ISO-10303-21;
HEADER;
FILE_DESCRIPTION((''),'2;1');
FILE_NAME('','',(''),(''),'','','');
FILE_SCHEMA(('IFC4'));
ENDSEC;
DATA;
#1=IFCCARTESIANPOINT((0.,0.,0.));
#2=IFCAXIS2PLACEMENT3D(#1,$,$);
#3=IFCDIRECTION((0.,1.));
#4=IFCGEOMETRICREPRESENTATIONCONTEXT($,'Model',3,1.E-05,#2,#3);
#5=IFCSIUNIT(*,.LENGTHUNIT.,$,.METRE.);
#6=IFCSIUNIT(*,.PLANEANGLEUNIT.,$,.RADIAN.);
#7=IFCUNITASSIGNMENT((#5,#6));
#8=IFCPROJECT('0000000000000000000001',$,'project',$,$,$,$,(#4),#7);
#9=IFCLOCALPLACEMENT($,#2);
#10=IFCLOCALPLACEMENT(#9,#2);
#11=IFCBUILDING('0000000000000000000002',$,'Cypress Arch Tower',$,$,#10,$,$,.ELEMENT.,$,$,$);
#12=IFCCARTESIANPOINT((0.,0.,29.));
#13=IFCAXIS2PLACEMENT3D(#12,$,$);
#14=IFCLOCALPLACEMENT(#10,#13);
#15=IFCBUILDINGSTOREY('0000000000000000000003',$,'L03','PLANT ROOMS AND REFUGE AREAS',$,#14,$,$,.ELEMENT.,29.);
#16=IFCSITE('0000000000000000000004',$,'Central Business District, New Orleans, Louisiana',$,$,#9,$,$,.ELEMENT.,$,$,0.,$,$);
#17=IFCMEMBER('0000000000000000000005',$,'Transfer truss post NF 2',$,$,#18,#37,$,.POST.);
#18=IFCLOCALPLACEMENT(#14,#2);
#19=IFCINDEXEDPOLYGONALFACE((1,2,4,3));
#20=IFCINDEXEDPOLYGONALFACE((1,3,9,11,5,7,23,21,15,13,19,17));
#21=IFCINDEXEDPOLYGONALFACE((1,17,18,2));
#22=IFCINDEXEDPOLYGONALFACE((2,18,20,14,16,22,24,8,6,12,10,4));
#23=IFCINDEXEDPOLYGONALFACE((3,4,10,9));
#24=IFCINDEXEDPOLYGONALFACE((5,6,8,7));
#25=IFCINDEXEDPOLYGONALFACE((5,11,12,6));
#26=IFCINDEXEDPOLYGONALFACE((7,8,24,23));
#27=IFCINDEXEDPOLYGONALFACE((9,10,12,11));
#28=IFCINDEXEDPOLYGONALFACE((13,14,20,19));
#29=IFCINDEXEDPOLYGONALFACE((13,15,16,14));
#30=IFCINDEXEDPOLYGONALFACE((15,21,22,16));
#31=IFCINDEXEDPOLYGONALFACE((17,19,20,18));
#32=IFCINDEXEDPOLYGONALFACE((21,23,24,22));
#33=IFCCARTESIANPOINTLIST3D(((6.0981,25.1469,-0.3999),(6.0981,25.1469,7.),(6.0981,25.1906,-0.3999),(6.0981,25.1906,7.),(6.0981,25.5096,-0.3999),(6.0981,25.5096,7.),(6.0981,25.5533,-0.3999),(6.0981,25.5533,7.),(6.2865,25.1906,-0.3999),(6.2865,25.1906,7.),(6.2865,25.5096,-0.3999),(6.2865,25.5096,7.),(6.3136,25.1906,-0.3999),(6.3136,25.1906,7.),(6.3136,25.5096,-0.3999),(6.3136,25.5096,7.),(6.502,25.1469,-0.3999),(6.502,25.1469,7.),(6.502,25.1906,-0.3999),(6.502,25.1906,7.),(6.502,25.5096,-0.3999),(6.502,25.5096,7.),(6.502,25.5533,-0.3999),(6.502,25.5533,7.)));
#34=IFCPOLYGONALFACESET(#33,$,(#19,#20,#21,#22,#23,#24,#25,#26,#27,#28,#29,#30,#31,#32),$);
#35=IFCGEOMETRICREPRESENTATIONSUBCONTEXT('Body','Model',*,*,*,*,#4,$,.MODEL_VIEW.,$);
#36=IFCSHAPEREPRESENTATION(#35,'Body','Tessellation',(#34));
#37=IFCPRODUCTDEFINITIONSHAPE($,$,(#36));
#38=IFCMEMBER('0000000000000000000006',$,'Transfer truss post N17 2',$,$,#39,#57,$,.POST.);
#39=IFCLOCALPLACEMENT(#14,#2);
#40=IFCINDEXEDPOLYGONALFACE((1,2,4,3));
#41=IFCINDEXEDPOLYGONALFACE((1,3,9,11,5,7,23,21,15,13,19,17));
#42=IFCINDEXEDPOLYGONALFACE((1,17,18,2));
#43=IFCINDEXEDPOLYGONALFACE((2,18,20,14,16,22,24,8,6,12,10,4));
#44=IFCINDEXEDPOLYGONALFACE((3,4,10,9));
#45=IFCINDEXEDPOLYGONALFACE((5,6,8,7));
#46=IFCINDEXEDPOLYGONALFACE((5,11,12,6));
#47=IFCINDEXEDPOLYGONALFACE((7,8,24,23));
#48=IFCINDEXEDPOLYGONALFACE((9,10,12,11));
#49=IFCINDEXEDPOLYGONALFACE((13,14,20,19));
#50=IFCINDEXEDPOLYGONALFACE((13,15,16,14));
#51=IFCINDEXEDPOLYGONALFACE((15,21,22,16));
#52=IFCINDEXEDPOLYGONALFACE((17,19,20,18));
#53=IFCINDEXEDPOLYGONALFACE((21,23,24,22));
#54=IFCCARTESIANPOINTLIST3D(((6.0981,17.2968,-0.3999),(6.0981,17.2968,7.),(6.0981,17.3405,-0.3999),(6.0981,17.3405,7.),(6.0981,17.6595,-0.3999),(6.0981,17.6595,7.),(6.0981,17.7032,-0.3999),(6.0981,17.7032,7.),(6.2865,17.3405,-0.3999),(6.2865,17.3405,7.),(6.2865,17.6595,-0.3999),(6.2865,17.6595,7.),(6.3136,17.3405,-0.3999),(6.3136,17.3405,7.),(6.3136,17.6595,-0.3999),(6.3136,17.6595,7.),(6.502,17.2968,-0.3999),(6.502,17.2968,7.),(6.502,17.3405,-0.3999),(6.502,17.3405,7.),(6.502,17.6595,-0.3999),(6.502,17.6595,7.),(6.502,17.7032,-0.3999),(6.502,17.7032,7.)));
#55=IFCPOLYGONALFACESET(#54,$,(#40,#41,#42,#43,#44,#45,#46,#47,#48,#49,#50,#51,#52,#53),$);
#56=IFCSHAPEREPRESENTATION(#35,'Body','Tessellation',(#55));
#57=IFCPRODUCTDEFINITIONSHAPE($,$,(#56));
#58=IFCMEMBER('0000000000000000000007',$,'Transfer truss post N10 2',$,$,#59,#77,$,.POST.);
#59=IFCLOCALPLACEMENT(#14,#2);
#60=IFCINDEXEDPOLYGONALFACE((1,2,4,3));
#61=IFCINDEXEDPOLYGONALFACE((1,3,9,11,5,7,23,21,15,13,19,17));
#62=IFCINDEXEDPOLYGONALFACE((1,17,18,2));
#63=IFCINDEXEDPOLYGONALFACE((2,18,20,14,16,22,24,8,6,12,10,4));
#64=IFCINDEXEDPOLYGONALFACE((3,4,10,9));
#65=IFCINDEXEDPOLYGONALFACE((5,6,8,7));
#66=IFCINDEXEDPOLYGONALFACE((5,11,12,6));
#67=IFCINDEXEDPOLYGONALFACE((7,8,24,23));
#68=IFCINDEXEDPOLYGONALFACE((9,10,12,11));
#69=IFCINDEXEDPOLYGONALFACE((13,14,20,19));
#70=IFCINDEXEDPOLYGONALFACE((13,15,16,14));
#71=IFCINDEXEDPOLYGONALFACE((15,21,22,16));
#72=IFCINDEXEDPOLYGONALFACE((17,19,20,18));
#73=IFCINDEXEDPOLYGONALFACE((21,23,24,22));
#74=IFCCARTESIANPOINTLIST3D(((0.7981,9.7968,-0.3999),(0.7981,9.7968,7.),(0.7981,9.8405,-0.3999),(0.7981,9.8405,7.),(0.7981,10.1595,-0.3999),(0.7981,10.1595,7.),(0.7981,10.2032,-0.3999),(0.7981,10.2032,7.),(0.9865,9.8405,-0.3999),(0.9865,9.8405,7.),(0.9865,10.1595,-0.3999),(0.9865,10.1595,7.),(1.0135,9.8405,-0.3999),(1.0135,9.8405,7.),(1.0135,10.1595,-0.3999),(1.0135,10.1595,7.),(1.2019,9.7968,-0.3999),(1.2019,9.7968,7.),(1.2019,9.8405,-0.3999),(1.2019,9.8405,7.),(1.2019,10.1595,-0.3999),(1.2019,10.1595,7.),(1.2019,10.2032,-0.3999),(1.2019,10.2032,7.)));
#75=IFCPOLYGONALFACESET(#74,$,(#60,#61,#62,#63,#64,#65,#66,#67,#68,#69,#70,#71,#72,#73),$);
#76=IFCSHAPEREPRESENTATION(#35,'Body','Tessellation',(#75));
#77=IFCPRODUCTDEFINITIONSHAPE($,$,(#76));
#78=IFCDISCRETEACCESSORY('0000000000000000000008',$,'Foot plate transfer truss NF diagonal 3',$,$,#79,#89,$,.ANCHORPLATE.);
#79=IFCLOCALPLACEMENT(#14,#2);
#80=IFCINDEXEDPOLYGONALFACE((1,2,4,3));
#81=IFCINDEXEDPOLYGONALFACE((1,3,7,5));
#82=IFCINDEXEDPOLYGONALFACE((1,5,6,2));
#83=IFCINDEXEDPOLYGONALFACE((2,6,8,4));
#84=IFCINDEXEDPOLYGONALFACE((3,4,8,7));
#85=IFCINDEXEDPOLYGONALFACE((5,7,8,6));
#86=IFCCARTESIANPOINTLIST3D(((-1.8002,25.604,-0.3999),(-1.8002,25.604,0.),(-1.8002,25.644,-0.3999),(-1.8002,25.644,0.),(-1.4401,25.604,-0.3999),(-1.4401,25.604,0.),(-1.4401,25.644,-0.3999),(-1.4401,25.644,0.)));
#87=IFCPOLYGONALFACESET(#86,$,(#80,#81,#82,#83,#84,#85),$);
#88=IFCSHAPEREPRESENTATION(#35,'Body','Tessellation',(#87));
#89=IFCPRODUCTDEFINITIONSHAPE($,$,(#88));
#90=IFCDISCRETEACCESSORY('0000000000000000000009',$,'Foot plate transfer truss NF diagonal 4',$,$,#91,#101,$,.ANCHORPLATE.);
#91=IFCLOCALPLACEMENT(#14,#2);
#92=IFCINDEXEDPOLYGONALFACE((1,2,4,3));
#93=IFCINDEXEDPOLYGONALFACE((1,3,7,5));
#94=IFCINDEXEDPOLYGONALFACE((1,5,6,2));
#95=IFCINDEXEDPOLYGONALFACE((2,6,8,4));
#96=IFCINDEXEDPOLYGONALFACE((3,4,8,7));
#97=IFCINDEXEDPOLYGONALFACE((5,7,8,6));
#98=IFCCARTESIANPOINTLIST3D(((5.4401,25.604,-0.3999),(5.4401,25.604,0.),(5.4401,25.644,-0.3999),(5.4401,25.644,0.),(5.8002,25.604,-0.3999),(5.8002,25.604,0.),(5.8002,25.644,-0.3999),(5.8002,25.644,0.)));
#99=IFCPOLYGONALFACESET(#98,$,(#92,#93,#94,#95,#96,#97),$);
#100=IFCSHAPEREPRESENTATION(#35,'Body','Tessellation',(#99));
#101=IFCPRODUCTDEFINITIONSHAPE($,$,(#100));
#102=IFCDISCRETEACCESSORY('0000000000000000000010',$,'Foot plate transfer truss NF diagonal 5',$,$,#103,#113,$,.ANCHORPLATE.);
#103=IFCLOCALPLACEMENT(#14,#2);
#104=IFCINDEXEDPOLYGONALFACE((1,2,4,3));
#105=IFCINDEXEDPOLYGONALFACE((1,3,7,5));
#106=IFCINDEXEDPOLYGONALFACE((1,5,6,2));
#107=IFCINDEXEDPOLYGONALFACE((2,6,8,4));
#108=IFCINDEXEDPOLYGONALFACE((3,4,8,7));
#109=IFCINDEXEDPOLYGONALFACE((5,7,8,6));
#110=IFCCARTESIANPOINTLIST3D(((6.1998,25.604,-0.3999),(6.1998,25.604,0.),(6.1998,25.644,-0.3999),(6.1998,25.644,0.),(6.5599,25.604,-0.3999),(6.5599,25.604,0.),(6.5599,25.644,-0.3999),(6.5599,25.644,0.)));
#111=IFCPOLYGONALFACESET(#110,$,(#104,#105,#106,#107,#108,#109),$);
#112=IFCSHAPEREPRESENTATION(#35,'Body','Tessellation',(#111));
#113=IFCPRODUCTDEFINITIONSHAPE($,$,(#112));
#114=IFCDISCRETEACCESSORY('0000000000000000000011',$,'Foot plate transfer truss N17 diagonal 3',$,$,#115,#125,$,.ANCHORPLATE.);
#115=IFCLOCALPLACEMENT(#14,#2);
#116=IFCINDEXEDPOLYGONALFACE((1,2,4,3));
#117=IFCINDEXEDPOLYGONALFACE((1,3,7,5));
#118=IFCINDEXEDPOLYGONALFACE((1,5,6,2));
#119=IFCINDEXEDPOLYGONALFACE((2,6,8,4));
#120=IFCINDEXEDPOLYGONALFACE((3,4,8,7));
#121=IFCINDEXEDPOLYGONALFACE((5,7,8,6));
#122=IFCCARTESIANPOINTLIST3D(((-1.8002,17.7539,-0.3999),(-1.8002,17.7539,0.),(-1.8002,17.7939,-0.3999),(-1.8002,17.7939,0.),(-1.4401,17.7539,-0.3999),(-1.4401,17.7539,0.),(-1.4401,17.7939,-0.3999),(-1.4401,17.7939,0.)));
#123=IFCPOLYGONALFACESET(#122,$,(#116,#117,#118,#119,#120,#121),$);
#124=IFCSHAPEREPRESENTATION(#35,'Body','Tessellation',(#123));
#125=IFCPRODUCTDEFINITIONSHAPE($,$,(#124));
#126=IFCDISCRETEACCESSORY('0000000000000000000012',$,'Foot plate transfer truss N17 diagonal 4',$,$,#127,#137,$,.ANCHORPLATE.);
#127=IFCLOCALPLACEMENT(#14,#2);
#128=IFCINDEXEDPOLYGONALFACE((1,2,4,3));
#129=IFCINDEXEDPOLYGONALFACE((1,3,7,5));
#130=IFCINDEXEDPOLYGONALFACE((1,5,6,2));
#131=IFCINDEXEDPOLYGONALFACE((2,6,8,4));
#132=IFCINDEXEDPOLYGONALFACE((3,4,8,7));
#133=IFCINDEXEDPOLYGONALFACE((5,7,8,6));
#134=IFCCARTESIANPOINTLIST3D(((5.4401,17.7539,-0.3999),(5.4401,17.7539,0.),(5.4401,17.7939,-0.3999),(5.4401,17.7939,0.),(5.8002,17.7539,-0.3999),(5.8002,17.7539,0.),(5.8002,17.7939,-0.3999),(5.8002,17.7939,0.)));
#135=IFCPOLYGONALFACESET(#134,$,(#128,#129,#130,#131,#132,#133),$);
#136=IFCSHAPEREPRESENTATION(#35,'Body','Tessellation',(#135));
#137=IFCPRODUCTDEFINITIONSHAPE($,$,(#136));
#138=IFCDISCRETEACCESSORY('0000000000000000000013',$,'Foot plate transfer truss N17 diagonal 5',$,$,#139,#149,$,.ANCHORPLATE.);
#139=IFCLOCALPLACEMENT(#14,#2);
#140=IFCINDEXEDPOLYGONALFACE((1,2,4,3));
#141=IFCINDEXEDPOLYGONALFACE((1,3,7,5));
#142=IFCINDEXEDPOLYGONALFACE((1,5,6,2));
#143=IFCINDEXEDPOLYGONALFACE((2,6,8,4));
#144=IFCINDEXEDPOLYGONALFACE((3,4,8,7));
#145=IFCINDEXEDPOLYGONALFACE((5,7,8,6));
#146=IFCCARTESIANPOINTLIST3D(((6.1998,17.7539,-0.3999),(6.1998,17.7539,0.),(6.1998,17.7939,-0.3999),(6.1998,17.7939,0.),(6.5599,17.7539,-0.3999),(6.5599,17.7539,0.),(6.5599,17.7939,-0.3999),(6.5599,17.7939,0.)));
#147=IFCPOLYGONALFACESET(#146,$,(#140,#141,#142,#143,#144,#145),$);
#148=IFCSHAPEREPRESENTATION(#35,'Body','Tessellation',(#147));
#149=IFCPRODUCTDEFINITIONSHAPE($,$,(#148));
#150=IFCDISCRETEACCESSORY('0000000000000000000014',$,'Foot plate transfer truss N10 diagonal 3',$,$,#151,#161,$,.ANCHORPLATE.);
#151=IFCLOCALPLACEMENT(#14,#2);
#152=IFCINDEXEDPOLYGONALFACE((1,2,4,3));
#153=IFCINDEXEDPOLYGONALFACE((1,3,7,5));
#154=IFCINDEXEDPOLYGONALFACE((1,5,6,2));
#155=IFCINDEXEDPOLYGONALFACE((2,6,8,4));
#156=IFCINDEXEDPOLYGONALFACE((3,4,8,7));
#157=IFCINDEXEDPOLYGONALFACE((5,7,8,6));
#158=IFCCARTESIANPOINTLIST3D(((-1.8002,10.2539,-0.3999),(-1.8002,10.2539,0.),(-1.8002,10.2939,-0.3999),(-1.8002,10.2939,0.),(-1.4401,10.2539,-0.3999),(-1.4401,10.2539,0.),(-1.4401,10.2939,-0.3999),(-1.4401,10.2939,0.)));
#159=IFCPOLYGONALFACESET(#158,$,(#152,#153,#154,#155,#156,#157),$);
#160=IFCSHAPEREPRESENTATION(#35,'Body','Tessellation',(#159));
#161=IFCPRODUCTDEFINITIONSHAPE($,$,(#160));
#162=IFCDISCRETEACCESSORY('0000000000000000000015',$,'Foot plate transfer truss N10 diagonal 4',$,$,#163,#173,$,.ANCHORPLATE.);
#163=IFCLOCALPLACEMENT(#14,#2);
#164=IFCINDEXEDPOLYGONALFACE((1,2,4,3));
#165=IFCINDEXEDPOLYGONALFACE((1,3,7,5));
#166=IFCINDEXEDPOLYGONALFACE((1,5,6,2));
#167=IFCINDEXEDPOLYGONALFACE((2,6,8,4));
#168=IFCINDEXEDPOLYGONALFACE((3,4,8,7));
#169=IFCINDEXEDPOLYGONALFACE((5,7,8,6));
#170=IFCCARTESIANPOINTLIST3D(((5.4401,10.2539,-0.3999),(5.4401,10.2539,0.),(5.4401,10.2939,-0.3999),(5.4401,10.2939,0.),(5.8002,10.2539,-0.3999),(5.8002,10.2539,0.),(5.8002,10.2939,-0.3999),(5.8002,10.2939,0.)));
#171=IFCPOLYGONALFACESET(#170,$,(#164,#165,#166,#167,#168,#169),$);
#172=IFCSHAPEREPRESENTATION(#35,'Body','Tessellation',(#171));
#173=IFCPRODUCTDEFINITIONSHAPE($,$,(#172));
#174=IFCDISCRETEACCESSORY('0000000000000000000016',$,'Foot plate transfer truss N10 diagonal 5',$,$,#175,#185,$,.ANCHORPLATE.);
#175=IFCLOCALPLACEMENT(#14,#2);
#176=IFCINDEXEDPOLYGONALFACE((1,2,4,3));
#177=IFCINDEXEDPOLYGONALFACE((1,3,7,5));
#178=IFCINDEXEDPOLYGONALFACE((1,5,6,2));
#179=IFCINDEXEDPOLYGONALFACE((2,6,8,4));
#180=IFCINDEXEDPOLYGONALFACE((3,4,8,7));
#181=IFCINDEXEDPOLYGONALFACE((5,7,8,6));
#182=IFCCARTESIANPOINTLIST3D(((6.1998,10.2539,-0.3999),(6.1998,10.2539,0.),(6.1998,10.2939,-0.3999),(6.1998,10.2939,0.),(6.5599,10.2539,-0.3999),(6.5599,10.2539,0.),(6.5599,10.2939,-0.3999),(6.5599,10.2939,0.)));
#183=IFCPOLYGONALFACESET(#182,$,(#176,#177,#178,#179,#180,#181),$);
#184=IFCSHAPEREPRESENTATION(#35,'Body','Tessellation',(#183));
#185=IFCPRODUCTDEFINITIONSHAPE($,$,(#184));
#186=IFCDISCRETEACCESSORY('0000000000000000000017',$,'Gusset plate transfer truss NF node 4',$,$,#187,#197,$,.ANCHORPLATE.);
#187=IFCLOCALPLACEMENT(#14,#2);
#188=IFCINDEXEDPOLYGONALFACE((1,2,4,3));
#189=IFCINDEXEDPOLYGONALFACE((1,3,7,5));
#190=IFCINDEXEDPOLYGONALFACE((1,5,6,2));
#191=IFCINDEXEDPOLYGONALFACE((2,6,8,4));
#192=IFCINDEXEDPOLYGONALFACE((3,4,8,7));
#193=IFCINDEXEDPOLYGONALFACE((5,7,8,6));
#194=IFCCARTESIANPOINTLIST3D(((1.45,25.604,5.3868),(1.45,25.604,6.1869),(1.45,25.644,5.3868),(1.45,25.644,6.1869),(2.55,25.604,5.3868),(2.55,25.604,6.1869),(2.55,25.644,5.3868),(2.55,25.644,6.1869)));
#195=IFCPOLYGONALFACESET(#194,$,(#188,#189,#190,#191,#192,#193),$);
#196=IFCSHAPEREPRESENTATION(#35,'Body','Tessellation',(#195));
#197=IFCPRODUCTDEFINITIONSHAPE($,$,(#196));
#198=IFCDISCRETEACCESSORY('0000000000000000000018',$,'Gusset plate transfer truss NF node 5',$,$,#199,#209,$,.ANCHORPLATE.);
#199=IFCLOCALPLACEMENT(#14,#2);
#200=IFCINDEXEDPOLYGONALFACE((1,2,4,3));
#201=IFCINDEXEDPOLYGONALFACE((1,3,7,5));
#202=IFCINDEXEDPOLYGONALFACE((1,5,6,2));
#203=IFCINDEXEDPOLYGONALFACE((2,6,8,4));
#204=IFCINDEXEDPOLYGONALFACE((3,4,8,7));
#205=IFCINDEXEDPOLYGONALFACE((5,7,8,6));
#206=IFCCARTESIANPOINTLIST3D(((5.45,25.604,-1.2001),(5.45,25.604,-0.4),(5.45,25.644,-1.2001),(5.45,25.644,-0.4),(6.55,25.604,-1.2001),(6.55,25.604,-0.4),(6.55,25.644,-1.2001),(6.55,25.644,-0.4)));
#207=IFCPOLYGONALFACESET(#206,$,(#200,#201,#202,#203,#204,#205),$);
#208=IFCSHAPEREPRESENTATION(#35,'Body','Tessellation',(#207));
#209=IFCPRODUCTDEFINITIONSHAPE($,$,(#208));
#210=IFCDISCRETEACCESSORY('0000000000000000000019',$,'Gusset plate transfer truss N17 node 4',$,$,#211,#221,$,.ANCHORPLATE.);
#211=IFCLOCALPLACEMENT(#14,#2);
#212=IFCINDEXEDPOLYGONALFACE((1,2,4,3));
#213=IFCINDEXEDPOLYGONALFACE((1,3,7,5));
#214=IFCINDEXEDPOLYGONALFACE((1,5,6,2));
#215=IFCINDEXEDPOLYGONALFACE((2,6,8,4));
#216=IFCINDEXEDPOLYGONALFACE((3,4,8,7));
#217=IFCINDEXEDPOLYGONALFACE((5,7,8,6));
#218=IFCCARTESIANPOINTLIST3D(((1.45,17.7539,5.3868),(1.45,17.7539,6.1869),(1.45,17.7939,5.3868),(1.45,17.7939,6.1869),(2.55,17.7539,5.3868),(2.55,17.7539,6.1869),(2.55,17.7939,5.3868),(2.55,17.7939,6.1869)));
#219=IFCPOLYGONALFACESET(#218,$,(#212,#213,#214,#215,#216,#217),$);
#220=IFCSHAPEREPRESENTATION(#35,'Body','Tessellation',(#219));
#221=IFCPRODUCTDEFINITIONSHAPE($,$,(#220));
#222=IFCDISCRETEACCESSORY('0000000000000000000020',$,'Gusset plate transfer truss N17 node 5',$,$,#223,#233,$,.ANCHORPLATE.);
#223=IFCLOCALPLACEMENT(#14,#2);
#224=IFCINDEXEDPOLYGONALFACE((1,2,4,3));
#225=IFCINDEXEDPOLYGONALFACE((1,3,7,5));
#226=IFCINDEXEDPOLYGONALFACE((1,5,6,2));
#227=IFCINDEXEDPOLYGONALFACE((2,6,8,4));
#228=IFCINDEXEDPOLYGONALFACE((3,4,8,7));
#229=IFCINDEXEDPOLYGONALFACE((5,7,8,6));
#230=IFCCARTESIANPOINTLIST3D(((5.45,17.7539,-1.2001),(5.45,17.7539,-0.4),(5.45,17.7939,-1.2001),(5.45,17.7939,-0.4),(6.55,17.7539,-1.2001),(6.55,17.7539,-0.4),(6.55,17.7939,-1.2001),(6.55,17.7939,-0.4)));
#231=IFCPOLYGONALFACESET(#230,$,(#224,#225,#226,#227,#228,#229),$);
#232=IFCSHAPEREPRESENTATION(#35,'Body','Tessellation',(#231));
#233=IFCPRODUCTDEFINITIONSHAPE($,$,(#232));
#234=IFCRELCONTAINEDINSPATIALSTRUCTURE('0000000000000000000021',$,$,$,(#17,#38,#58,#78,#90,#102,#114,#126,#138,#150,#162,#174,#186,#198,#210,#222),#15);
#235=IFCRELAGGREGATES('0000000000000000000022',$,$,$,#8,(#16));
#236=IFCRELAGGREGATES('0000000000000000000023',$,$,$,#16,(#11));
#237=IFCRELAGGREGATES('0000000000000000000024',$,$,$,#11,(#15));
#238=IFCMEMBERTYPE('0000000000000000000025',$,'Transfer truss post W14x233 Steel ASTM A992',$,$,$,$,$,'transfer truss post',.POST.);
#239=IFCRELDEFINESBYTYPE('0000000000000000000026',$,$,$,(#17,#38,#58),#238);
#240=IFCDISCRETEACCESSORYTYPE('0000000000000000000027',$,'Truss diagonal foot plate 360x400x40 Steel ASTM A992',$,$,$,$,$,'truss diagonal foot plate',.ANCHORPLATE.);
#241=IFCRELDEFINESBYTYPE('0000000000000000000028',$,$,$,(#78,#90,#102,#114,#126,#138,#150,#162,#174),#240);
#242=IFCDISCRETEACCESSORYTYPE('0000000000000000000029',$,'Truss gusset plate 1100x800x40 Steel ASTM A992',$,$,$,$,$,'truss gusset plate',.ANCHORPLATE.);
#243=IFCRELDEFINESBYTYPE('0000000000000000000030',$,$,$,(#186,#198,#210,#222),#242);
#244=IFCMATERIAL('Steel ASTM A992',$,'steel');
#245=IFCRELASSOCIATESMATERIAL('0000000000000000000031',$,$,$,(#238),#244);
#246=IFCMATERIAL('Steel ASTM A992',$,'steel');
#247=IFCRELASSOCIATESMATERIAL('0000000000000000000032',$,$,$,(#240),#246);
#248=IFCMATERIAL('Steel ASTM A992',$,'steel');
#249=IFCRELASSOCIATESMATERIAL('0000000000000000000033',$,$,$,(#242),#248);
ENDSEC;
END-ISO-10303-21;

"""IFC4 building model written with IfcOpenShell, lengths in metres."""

from ifc_helpers import new_model, si_unit, direction, frame, origin, origin_2d, place, context, subcontext, project, spatial, rectangle, i_section, extrude, material, material_profile, profile_set, type_object, element, save


model = new_model("IFC4")

# Units and contexts
model_context = context("Model", 3, precision=1e-05, world=origin(), true_north=direction((0.0, 1.0)))
body_context = subcontext(model_context, "Body", "Model", "MODEL_VIEW")
ifc_project = project(units=[si_unit("LENGTHUNIT", "METRE"), si_unit("PLANEANGLEUNIT", "RADIAN")], contexts=[model_context])

# Site, building, storey
site_placement = place(None, origin())
site = spatial("IfcSite", under=ifc_project, at=site_placement, Name="Central Business District, New Orleans, Louisiana", CompositionType="ELEMENT", RefElevation=0.0)
building_placement = place(site_placement, origin())
building = spatial("IfcBuilding", under=site, at=building_placement, Name="Cypress Arch Tower", CompositionType="ELEMENT")
storey_placement = place(building_placement, frame((0.0, 0.0, 29.0)))
storey = spatial("IfcBuildingStorey", under=building, at=storey_placement, Name="L03", Description="PLANT ROOMS AND REFUGE AREAS", CompositionType="ELEMENT", Elevation=29.0)

# Members
ifc_material_1 = material(Name="Steel ASTM A992", Category="steel")
ifc_material_profile_1 = material_profile(ifc_material_1, i_section(OverallWidth=0.4038, OverallDepth=0.4065, WebThickness=0.0271, FlangeThickness=0.0437, at=origin_2d()), Name="W14x233")
ifc_profile_set_1 = profile_set([ifc_material_profile_1], Name="Steel ASTM A992")
member_type_1 = type_object("IfcMemberType", Name="Transfer truss post W14x233 Steel ASTM A992", ElementType="transfer truss post", PredefinedType="POST", material=ifc_profile_set_1)
for number, where, z_axis, x_axis, name in (
    (1, (6.3, 25.3501, -0.3999), (0.0, 0.0, 1.0), (1.0, 0.0, 0.0), "Transfer truss post NF 2"),
    (2, (6.3, 17.5, -0.3999), (0.0, 0.0, 1.0), (1.0, 0.0, 0.0), "Transfer truss post N17 2"),
    (3, (1.0, 10.0, -0.3999), (0.0, 0.0, 1.0), (1.0, 0.0, 0.0), "Transfer truss post N10 2"),
):
    element("IfcMember", number, at=place(storey_placement, frame(where, z_axis=z_axis, x_axis=x_axis)), inside=storey, type_object=member_type_1, Name=name, PredefinedType="POST", context=body_context, shape_type="SweptSolid", body=[
        extrude(i_section(OverallWidth=0.4038, OverallDepth=0.4065, WebThickness=0.0271, FlangeThickness=0.0437, at=origin_2d()), origin(), (0.0, 0.0, 1.0), 7.3999),
    ])

# Discrete accessories
ifc_material_2 = material(Name="Steel ASTM A992", Category="steel")
ifc_material_profile_2 = material_profile(ifc_material_2, rectangle(XDim=0.3601, YDim=0.3999, at=origin_2d()), Name="PL 40 360x400")
ifc_profile_set_2 = profile_set([ifc_material_profile_2], Name="Steel ASTM A992")
discrete_accessory_type_1 = type_object("IfcDiscreteAccessoryType", Name="Truss diagonal foot plate 360x400x40 Steel ASTM A992", ElementType="truss diagonal foot plate", PredefinedType="ANCHORPLATE", material=ifc_profile_set_2)
for number, where, z_axis, x_axis, name in (
    (4, (-1.6201, 25.604, -0.2), (0.0, 1.0, 0.0), (-1.0, 0.0, 0.0), "Foot plate transfer truss NF diagonal 3"),
    (5, (5.6201, 25.604, -0.2), (0.0, 1.0, 0.0), (-1.0, 0.0, 0.0), "Foot plate transfer truss NF diagonal 4"),
    (6, (6.3799, 25.604, -0.2), (0.0, 1.0, 0.0), (-1.0, 0.0, 0.0), "Foot plate transfer truss NF diagonal 5"),
    (7, (-1.6201, 17.7539, -0.2), (0.0, 1.0, 0.0), (-1.0, 0.0, 0.0), "Foot plate transfer truss N17 diagonal 3"),
    (8, (5.6201, 17.7539, -0.2), (0.0, 1.0, 0.0), (-1.0, 0.0, 0.0), "Foot plate transfer truss N17 diagonal 4"),
    (9, (6.3799, 17.7539, -0.2), (0.0, 1.0, 0.0), (-1.0, 0.0, 0.0), "Foot plate transfer truss N17 diagonal 5"),
    (10, (-1.6201, 10.2539, -0.2), (0.0, 1.0, 0.0), (-1.0, 0.0, 0.0), "Foot plate transfer truss N10 diagonal 3"),
    (11, (5.6201, 10.2539, -0.2), (0.0, 1.0, 0.0), (-1.0, 0.0, 0.0), "Foot plate transfer truss N10 diagonal 4"),
    (12, (6.3799, 10.2539, -0.2), (0.0, 1.0, 0.0), (-1.0, 0.0, 0.0), "Foot plate transfer truss N10 diagonal 5"),
):
    element("IfcDiscreteAccessory", number, at=place(storey_placement, frame(where, z_axis=z_axis, x_axis=x_axis)), inside=storey, type_object=discrete_accessory_type_1, Name=name, PredefinedType="ANCHORPLATE", context=body_context, shape_type="SweptSolid", body=[
        extrude(rectangle(XDim=0.3601, YDim=0.3999, at=origin_2d()), origin(), (0.0, 0.0, 1.0), 0.04),
    ])
ifc_material_3 = material(Name="Steel ASTM A992", Category="steel")
ifc_material_profile_3 = material_profile(ifc_material_3, rectangle(XDim=1.1001, YDim=0.8, at=origin_2d()), Name="PL 40 1100x800")
ifc_profile_set_3 = profile_set([ifc_material_profile_3], Name="Steel ASTM A992")
discrete_accessory_type_2 = type_object("IfcDiscreteAccessoryType", Name="Truss gusset plate 1100x800x40 Steel ASTM A992", ElementType="truss gusset plate", PredefinedType="ANCHORPLATE", material=ifc_profile_set_3)
for number, where, z_axis, x_axis, name in (
    (13, (2.0, 25.604, 5.7869), (0.0, 1.0, 0.0), (-1.0, 0.0, 0.0), "Gusset plate transfer truss NF node 4"),
    (14, (6.0, 25.604, -0.8), (0.0, 1.0, 0.0), (-1.0, 0.0, 0.0), "Gusset plate transfer truss NF node 5"),
    (15, (2.0, 17.7539, 5.7869), (0.0, 1.0, 0.0), (-1.0, 0.0, 0.0), "Gusset plate transfer truss N17 node 4"),
    (16, (6.0, 17.7539, -0.8), (0.0, 1.0, 0.0), (-1.0, 0.0, 0.0), "Gusset plate transfer truss N17 node 5"),
):
    element("IfcDiscreteAccessory", number, at=place(storey_placement, frame(where, z_axis=z_axis, x_axis=x_axis)), inside=storey, type_object=discrete_accessory_type_2, Name=name, PredefinedType="ANCHORPLATE", context=body_context, shape_type="SweptSolid", body=[
        extrude(rectangle(XDim=1.1001, YDim=0.8, at=origin_2d()), origin(), (0.0, 0.0, 1.0), 0.04),
    ])

save(model, "model.ifc")
